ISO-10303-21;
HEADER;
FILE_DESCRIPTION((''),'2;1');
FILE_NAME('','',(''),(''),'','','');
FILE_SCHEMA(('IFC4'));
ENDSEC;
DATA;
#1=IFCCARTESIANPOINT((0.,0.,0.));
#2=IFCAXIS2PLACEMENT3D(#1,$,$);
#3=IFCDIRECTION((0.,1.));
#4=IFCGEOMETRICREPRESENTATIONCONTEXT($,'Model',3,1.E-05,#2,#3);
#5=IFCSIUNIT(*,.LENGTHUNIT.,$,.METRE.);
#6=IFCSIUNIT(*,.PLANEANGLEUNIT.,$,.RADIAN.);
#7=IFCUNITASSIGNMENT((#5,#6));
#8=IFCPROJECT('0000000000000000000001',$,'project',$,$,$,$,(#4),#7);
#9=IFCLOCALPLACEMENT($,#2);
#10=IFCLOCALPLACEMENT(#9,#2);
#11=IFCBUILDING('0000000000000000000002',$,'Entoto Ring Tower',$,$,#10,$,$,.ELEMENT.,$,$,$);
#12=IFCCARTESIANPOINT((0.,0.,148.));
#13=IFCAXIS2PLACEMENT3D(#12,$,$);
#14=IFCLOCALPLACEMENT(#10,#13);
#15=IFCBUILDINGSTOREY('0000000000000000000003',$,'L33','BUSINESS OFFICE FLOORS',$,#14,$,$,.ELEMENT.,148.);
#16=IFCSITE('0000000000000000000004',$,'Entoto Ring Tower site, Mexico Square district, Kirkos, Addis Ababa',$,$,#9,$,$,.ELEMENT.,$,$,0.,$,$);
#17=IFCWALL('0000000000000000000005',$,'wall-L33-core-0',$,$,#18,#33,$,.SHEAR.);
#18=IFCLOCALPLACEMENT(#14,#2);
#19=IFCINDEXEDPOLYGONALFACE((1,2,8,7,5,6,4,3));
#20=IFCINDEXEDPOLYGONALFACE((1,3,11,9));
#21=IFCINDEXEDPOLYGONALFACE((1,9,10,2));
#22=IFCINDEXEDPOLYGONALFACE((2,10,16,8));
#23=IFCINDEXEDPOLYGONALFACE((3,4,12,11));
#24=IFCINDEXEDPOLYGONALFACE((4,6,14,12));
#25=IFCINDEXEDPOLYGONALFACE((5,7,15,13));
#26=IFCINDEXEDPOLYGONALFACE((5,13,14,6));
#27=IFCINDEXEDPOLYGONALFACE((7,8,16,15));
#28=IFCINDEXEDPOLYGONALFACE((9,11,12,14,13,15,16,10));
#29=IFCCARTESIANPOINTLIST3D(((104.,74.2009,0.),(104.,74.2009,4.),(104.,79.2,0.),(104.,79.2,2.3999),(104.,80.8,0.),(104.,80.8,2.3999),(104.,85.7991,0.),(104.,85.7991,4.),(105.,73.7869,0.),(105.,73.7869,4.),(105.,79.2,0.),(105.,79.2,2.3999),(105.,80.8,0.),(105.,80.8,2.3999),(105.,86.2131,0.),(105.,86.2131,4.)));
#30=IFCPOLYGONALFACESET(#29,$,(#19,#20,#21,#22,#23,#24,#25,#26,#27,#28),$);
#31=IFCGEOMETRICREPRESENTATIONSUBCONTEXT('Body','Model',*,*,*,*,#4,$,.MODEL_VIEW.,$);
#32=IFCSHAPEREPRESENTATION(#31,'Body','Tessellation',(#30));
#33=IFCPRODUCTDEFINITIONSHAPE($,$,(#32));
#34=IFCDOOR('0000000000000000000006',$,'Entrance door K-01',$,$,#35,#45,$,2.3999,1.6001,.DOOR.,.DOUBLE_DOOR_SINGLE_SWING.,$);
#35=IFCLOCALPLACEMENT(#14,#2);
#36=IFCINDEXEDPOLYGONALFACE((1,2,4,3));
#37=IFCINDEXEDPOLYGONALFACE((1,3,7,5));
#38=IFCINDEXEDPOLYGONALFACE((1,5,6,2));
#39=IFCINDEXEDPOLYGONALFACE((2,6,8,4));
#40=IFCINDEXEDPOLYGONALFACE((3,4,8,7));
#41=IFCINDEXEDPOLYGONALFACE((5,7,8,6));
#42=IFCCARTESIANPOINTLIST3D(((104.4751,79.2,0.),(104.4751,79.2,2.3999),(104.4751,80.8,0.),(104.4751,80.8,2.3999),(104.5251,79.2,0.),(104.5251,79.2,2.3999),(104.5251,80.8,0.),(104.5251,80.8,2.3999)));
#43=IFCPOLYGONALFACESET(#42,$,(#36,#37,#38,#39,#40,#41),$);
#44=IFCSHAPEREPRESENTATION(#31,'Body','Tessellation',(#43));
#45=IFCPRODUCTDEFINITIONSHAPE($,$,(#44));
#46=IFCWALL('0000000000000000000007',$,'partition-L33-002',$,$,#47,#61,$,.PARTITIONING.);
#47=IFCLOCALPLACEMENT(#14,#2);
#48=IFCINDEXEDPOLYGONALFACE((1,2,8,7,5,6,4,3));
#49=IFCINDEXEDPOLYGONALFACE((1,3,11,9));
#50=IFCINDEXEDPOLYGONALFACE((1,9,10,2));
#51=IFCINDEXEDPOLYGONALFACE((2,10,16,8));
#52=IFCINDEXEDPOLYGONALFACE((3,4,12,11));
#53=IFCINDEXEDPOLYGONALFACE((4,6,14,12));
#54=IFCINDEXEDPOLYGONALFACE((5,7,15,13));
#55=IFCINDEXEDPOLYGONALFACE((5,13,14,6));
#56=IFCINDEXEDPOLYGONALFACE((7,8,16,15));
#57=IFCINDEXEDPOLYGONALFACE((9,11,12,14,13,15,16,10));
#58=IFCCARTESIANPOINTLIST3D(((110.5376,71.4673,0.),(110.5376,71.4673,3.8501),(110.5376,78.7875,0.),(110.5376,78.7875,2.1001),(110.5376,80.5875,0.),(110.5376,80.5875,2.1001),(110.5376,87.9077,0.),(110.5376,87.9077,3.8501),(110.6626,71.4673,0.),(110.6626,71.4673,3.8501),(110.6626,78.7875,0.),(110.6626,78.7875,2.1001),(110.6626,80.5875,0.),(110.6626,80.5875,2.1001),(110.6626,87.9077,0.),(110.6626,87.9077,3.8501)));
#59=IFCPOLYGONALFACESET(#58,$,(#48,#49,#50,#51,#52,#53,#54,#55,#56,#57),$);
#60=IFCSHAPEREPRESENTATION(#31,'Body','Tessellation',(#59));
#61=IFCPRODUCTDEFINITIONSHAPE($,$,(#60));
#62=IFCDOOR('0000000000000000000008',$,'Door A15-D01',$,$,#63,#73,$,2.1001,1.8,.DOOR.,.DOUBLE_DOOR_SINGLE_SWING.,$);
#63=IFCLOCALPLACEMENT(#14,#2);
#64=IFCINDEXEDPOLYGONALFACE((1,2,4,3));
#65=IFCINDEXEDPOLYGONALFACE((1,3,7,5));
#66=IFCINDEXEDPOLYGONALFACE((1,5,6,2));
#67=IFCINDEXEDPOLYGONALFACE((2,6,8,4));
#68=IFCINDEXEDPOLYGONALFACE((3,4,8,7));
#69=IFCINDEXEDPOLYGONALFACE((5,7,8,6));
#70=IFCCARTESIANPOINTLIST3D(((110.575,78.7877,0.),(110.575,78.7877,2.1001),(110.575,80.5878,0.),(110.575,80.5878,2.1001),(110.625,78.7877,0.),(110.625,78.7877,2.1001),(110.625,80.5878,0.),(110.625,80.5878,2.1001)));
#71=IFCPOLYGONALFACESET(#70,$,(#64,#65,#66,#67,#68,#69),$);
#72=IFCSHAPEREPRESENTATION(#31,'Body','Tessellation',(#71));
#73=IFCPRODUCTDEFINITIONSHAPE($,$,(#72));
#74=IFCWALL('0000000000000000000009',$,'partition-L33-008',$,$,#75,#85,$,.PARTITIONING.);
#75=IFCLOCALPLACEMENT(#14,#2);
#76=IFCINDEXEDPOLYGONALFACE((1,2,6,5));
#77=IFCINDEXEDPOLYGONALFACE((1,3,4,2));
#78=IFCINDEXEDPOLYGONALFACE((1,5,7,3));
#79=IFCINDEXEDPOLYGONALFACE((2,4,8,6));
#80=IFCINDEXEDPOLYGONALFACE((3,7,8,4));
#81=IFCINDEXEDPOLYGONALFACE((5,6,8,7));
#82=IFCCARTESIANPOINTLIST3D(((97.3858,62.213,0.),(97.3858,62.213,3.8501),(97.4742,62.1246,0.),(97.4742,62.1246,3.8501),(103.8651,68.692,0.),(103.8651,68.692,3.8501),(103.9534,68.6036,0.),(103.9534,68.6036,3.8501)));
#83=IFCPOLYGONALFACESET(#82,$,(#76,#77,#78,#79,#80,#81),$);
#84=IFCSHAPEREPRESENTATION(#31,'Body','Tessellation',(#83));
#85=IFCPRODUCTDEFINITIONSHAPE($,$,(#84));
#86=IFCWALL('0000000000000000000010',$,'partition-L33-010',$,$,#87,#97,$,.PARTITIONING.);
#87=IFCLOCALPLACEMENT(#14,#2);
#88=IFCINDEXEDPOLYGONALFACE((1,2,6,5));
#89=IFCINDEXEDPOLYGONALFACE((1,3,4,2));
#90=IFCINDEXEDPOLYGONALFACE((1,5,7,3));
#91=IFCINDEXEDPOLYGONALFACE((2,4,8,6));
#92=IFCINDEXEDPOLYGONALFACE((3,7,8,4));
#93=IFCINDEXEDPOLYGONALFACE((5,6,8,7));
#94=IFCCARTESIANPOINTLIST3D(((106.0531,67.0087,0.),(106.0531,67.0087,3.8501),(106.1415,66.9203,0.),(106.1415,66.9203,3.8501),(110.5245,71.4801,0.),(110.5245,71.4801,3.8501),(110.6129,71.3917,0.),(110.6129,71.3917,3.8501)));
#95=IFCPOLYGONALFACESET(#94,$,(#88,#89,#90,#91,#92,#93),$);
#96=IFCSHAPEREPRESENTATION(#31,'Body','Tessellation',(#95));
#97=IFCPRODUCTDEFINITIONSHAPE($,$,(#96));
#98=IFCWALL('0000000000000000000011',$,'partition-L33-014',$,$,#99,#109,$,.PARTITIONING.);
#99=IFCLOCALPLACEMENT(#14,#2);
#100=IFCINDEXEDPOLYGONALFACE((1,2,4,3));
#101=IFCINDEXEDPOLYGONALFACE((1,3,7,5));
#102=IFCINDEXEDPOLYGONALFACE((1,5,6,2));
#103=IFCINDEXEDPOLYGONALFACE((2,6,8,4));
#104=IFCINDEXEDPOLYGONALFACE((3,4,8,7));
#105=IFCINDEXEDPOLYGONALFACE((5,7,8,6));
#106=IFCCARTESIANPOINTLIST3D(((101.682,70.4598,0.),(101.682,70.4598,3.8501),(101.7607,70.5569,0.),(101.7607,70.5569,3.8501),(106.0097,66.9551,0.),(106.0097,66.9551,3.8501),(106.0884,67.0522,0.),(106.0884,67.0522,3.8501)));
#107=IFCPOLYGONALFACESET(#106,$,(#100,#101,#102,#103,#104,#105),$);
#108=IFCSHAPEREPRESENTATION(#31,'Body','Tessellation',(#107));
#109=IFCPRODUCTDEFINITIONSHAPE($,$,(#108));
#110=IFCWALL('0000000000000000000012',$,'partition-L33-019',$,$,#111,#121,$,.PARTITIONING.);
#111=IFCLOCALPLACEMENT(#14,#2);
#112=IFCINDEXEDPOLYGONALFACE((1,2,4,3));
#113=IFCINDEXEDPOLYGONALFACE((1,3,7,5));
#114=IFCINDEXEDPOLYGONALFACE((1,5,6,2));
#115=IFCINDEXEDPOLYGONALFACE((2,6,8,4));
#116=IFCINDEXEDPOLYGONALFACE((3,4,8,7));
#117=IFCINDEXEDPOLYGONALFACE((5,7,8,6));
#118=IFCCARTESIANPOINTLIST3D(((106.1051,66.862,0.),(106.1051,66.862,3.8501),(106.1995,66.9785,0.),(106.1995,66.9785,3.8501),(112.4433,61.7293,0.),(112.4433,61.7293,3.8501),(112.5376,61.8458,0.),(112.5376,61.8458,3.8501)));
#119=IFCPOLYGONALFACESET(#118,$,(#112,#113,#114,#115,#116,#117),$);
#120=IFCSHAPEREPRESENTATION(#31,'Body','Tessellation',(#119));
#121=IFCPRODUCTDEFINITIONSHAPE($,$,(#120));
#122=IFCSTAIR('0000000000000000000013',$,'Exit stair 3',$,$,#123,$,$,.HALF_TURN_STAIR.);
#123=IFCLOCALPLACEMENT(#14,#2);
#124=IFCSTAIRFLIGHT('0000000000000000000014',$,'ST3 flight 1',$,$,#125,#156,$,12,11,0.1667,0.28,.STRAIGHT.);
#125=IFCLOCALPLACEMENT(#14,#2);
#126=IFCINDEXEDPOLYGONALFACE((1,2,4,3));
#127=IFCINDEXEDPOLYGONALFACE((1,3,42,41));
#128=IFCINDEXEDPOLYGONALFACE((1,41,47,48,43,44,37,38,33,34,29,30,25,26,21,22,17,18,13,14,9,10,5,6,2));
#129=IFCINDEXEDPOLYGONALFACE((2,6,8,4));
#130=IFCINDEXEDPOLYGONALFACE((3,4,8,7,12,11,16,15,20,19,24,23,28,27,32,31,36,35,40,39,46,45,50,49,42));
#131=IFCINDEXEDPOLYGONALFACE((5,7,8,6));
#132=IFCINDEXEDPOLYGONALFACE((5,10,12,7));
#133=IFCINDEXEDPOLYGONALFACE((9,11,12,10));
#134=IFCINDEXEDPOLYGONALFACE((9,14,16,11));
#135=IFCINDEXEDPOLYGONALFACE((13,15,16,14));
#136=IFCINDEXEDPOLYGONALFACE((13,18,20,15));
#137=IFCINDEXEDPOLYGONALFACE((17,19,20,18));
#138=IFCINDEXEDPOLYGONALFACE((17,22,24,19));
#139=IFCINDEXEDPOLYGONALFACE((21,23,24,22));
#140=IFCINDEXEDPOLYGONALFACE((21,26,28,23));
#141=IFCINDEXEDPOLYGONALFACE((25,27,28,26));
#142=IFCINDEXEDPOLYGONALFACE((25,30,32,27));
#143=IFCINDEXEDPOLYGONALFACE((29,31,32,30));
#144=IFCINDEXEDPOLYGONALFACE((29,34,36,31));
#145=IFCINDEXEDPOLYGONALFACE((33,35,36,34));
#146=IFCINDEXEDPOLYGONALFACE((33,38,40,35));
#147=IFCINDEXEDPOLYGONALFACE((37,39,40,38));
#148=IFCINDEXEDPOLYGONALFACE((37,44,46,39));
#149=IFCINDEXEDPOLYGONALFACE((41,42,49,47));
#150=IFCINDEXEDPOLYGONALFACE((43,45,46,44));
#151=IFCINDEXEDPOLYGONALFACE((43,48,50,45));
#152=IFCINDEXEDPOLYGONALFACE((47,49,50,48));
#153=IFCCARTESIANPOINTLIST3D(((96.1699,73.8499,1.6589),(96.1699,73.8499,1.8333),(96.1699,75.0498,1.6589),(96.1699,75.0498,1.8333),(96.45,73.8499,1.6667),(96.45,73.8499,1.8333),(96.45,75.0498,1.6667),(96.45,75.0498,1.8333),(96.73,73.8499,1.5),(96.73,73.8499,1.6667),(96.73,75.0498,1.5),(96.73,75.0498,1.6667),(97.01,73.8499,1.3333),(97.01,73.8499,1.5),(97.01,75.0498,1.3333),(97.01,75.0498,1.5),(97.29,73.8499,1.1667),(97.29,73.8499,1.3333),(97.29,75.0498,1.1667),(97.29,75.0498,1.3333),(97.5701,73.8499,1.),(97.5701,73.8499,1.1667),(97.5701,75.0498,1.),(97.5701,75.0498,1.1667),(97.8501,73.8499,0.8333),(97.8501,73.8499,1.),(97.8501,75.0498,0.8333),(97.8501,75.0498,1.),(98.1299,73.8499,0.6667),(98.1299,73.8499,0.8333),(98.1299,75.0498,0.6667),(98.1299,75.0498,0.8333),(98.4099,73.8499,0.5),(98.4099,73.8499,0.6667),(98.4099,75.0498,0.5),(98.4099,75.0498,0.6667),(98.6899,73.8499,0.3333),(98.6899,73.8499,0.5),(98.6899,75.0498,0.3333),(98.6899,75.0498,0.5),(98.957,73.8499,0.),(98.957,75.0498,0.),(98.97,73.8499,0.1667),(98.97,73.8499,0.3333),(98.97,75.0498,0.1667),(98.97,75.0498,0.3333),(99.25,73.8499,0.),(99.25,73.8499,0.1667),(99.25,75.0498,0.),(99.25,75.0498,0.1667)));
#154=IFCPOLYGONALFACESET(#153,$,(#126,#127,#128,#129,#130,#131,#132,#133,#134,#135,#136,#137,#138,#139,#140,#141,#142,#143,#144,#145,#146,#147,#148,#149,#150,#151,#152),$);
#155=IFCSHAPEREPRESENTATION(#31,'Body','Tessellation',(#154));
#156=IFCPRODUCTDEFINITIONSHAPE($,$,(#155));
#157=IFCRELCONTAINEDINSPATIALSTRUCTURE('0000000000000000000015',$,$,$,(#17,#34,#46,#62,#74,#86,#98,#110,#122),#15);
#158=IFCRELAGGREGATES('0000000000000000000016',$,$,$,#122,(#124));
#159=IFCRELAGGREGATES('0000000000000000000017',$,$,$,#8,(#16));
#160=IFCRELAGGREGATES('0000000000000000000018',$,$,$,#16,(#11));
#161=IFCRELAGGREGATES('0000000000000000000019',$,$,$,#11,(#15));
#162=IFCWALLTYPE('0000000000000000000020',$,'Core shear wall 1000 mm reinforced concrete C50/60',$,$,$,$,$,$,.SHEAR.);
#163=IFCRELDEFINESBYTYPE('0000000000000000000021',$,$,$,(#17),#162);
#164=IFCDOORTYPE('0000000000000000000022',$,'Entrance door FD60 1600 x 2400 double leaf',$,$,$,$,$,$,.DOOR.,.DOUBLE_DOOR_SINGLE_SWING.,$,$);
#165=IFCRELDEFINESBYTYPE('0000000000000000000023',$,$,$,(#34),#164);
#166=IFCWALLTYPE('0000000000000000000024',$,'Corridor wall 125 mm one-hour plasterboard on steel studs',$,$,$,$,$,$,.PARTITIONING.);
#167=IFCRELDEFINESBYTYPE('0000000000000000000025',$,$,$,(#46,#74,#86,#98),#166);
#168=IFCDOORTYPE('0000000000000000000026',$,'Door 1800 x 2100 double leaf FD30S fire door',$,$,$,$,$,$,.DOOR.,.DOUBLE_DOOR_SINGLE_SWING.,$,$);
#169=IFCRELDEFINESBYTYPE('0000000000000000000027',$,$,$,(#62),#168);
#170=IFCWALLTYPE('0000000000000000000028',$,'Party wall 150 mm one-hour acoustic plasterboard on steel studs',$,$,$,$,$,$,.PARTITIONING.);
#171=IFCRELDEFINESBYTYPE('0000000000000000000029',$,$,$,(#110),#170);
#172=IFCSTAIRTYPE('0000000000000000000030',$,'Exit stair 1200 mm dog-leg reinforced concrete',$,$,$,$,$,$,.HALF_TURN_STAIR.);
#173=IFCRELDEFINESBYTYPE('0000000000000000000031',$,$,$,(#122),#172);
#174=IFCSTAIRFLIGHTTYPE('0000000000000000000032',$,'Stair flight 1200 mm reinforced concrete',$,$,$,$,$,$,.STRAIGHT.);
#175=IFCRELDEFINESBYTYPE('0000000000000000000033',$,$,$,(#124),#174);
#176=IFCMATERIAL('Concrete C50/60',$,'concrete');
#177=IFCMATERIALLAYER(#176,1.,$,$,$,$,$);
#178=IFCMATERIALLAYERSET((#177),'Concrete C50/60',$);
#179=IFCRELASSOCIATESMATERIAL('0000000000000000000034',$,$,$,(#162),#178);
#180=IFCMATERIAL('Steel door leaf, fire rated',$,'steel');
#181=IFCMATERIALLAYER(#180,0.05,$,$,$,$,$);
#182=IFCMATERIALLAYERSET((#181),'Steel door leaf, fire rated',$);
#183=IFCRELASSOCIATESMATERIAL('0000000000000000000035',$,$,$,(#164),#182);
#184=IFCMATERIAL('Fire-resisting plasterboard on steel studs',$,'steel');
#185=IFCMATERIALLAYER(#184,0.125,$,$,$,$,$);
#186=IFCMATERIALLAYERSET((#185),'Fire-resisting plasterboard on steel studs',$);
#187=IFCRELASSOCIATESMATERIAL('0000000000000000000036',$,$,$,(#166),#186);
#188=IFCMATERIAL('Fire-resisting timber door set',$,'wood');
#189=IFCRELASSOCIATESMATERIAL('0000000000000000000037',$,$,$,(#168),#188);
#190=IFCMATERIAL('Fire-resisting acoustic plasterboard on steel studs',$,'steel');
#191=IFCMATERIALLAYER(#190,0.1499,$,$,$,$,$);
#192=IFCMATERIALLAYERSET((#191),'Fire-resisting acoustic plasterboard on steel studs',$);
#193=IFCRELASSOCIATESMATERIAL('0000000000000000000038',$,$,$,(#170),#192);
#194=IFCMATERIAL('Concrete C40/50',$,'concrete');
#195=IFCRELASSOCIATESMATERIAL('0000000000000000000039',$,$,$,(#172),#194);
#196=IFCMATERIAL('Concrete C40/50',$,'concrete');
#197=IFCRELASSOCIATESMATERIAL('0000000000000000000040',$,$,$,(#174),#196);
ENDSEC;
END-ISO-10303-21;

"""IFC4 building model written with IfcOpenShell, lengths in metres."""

from ifc_helpers import new_model, si_unit, direction, frame, frame_2d, origin, place, context, subcontext, project, spatial, polyline, rectangle, outline, extrude, material, layer, layer_set, type_object, element, fill, aggregate, save


model = new_model("IFC4")

# Units and contexts
model_context = context("Model", 3, precision=1e-05, world=origin(), true_north=direction((0.0, 1.0)))
body_context = subcontext(model_context, "Body", "Model", "MODEL_VIEW")
ifc_project = project(units=[si_unit("LENGTHUNIT", "METRE"), si_unit("PLANEANGLEUNIT", "RADIAN")], contexts=[model_context])

# Site, building, storey
site_placement = place(None, origin())
site = spatial("IfcSite", under=ifc_project, at=site_placement, Name="Entoto Ring Tower site, Mexico Square district, Kirkos, Addis Ababa", CompositionType="ELEMENT", RefElevation=0.0)
building_placement = place(site_placement, origin())
building = spatial("IfcBuilding", under=site, at=building_placement, Name="Entoto Ring Tower", CompositionType="ELEMENT")
storey_placement = place(building_placement, frame((0.0, 0.0, 148.0)))
storey = spatial("IfcBuildingStorey", under=building, at=storey_placement, Name="L33", Description="BUSINESS OFFICE FLOORS", CompositionType="ELEMENT", Elevation=148.0)

# Walls, openings, doors
ifc_material_1 = material(Name="Concrete C50/60", Category="concrete")
ifc_layer_1 = layer(ifc_material_1, 1.0)
ifc_layer_set_1 = layer_set([ifc_layer_1], Name="Concrete C50/60")
wall_type_1 = type_object("IfcWallType", Name="Core shear wall 1000 mm reinforced concrete C50/60", PredefinedType="SHEAR", material=ifc_layer_set_1)
wall_1_placement = place(storey_placement, frame((104.5, 73.9939, 0.0), z_axis=(0.0, 0.0, 1.0), x_axis=(0.0, 1.0, 0.0)))
wall_1 = element("IfcWall", 1, at=wall_1_placement, inside=storey, type_object=wall_type_1, Name="wall-L33-core-0", PredefinedType="SHEAR", context=body_context, shape_type="SweptSolid", body=[
    extrude(outline(polyline([(-0.207, -0.5), (12.2192, -0.5), (11.8052, 0.5), (0.207, 0.5), (-0.207, -0.5)])), origin(), (0.0, 0.0, 1.0), 4.0),
])
opening_1_placement = place(wall_1_placement, frame((5.2061, 0.0, 0.0)))
opening_1 = element("IfcOpeningElement", 2, at=opening_1_placement, cuts=wall_1, PredefinedType="OPENING", context=body_context, shape_type="SweptSolid", body=[
    extrude(rectangle(XDim=1.6001, YDim=2.3999, at=frame_2d((0.8, 1.2))), frame((0.0, 0.51, 0.0), z_axis=(0.0, -1.0, 0.0), x_axis=(1.0, 0.0, 0.0)), (0.0, 0.0, 1.0), 1.02),
])
ifc_material_2 = material(Name="Steel door leaf, fire rated", Category="steel")
ifc_layer_2 = layer(ifc_material_2, 0.05)
ifc_layer_set_2 = layer_set([ifc_layer_2], Name="Steel door leaf, fire rated")
door_type_1 = type_object("IfcDoorType", Name="Entrance door FD60 1600 x 2400 double leaf", OperationType="DOUBLE_DOOR_SINGLE_SWING", PredefinedType="DOOR", material=ifc_layer_set_2)
door_1_placement = place(opening_1_placement, origin())
door_1 = element("IfcDoor", 3, at=door_1_placement, inside=storey, type_object=door_type_1, Name="Entrance door K-01", OperationType="DOUBLE_DOOR_SINGLE_SWING", OverallHeight=2.3999, OverallWidth=1.6001, PredefinedType="DOOR", context=body_context, shape_type="SweptSolid", body=[
    extrude(rectangle(XDim=1.6001, YDim=2.3999, at=frame_2d((0.8, 1.2))), frame((0.0, 0.0249, 0.0), z_axis=(0.0, -1.0, 0.0), x_axis=(1.0, 0.0, 0.0)), (0.0, 0.0, 1.0), 0.05),
])
fill(opening_1, door_1)
ifc_material_3 = material(Name="Fire-resisting plasterboard on steel studs", Category="steel")
ifc_layer_3 = layer(ifc_material_3, 0.125)
ifc_layer_set_3 = layer_set([ifc_layer_3], Name="Fire-resisting plasterboard on steel studs")
wall_type_2 = type_object("IfcWallType", Name="Corridor wall 125 mm one-hour plasterboard on steel studs", PredefinedType="PARTITIONING", material=ifc_layer_set_3)
wall_2_placement = place(storey_placement, frame((110.6001, 71.4673, 0.0), z_axis=(0.0, 0.0, 1.0), x_axis=(0.0, 1.0, 0.0)))
wall_2 = element("IfcWall", 4, at=wall_2_placement, inside=storey, type_object=wall_type_2, Name="partition-L33-002", PredefinedType="PARTITIONING", context=body_context, shape_type="SweptSolid", body=[
    extrude(rectangle(XDim=16.4404, YDim=0.125, at=frame_2d((8.2202, 0.0))), origin(), (0.0, 0.0, 1.0), 3.8501),
])
opening_2_placement = place(wall_2_placement, frame((7.3203, 0.0, 0.0)))
opening_2 = element("IfcOpeningElement", 5, at=opening_2_placement, cuts=wall_2, PredefinedType="OPENING", context=body_context, shape_type="SweptSolid", body=[
    extrude(rectangle(XDim=1.8, YDim=2.1001, at=frame_2d((0.8999, 1.05))), frame((0.0, 0.0725, 0.0), z_axis=(0.0, -1.0, 0.0), x_axis=(1.0, 0.0, 0.0)), (0.0, 0.0, 1.0), 0.145),
])
ifc_material_4 = material(Name="Fire-resisting timber door set", Category="wood")
door_type_2 = type_object("IfcDoorType", Name="Door 1800 x 2100 double leaf FD30S fire door", OperationType="DOUBLE_DOOR_SINGLE_SWING", PredefinedType="DOOR", material=ifc_material_4)
door_2_placement = place(opening_2_placement, frame((1.8, 0.0, 0.0), z_axis=(0.0, 0.0, 1.0), x_axis=(-1.0, 0.0, 0.0)))
door_2 = element("IfcDoor", 6, at=door_2_placement, inside=storey, type_object=door_type_2, Name="Door A15-D01", OperationType="DOUBLE_DOOR_SINGLE_SWING", OverallHeight=2.1001, OverallWidth=1.8, PredefinedType="DOOR", context=body_context, shape_type="SweptSolid", body=[
    extrude(rectangle(XDim=1.8, YDim=2.1001, at=frame_2d((0.8999, 1.05))), frame((0.0, 0.0249, 0.0), z_axis=(0.0, -1.0, 0.0), x_axis=(1.0, 0.0, 0.0)), (0.0, 0.0, 1.0), 0.05),
])
fill(opening_2, door_2)

# Walls
wall_3_placement = place(storey_placement, frame((97.4299, 62.1687, 0.0), z_axis=(0.0, 0.0, 1.0), x_axis=(0.70712, 0.707093, 0.0)))
element("IfcWall", 7, at=wall_3_placement, inside=storey, type_object=wall_type_2, Name="partition-L33-008", PredefinedType="PARTITIONING", context=body_context, shape_type="SweptSolid", body=[
    extrude(rectangle(XDim=9.1628, YDim=0.125, at=frame_2d((4.5815, 0.0))), origin(), (0.0, 0.0, 1.0), 3.8501),
])
wall_4_placement = place(storey_placement, frame((106.0974, 66.9646, 0.0), z_axis=(0.0, 0.0, 1.0), x_axis=(0.707107, 0.707107, 0.0)))
element("IfcWall", 8, at=wall_4_placement, inside=storey, type_object=wall_type_2, Name="partition-L33-010", PredefinedType="PARTITIONING", context=body_context, shape_type="SweptSolid", body=[
    extrude(rectangle(XDim=6.3235, YDim=0.125, at=frame_2d((3.1616, 0.0))), origin(), (0.0, 0.0, 1.0), 3.8501),
])
wall_5_placement = place(storey_placement, frame((106.0491, 67.0037, 0.0), z_axis=(0.0, 0.0, 1.0), x_axis=(-0.777129, 0.629341, 0.0)))
element("IfcWall", 9, at=wall_5_placement, inside=storey, type_object=wall_type_2, Name="partition-L33-014", PredefinedType="PARTITIONING", context=body_context, shape_type="SweptSolid", body=[
    extrude(rectangle(XDim=5.5688, YDim=0.125, at=frame_2d((2.7844, 0.0))), origin(), (0.0, 0.0, 1.0), 3.8501),
])
ifc_material_5 = material(Name="Fire-resisting acoustic plasterboard on steel studs", Category="steel")
ifc_layer_4 = layer(ifc_material_5, 0.1499)
ifc_layer_set_4 = layer_set([ifc_layer_4], Name="Fire-resisting acoustic plasterboard on steel studs")
wall_type_3 = type_object("IfcWallType", Name="Party wall 150 mm one-hour acoustic plasterboard on steel studs", PredefinedType="PARTITIONING", material=ifc_layer_set_4)
wall_6_placement = place(storey_placement, frame((112.4905, 61.7876, 0.0), z_axis=(0.0, 0.0, 1.0), x_axis=(-0.777143, 0.629324, 0.0)))
element("IfcWall", 10, at=wall_6_placement, inside=storey, type_object=wall_type_3, Name="partition-L33-019", PredefinedType="PARTITIONING", context=body_context, shape_type="SweptSolid", body=[
    extrude(rectangle(XDim=8.1558, YDim=0.1499, at=frame_2d((4.0779, 0.0))), origin(), (0.0, 0.0, 1.0), 3.8501),
])

# Stair, stair flight
ifc_material_6 = material(Name="Concrete C40/50", Category="concrete")
stair_type = type_object("IfcStairType", Name="Exit stair 1200 mm dog-leg reinforced concrete", PredefinedType="HALF_TURN_STAIR", material=ifc_material_6)
stair_placement = place(storey_placement, origin())
stair = element("IfcStair", 11, at=stair_placement, inside=storey, type_object=stair_type, Name="Exit stair 3", PredefinedType="HALF_TURN_STAIR")
ifc_material_7 = material(Name="Concrete C40/50", Category="concrete")
stair_flight_type = type_object("IfcStairFlightType", Name="Stair flight 1200 mm reinforced concrete", PredefinedType="STRAIGHT", material=ifc_material_7)
stair_flight_placement = place(storey_placement, frame((99.25, 74.45, 0.0), z_axis=(0.0, 0.0, 1.0), x_axis=(-1.0, 0.0, 0.0)))
stair_flight = element("IfcStairFlight", 12, at=stair_flight_placement, type_object=stair_flight_type, Name="ST3 flight 1", NumberOfRisers=12, NumberOfTreads=11, PredefinedType="STRAIGHT", RiserHeight=0.1667, TreadLength=0.28, context=body_context, shape_type="SweptSolid", body=[
    extrude(outline(polyline([(0.0, 0.0), (0.0, 0.1667), (0.28, 0.1667), (0.28, 0.3333), (0.5601, 0.3333), (0.5601, 0.5), (0.8401, 0.5), (0.8401, 0.6667), (1.1201, 0.6667), (1.1201, 0.8333), (1.3999, 0.8333), (1.3999, 1.0), (1.6799, 1.0), (1.6799, 1.1667), (1.96, 1.1667), (1.96, 1.3333), (2.24, 1.3333), (2.24, 1.5), (2.52, 1.5), (2.52, 1.6667), (2.8, 1.6667), (2.8, 1.8333), (3.0801, 1.8333), (3.0801, 2.0), (3.0801, 1.6589), (0.293, 0.0), (0.0, 0.0)])), frame((0.0, 0.6001, 0.0), z_axis=(0.0, -1.0, 0.0), x_axis=(1.0, 0.0, 0.0)), (0.0, 0.0, 1.0), 1.2),
])
aggregate(stair, [stair_flight])

save(model, "model.ifc")
